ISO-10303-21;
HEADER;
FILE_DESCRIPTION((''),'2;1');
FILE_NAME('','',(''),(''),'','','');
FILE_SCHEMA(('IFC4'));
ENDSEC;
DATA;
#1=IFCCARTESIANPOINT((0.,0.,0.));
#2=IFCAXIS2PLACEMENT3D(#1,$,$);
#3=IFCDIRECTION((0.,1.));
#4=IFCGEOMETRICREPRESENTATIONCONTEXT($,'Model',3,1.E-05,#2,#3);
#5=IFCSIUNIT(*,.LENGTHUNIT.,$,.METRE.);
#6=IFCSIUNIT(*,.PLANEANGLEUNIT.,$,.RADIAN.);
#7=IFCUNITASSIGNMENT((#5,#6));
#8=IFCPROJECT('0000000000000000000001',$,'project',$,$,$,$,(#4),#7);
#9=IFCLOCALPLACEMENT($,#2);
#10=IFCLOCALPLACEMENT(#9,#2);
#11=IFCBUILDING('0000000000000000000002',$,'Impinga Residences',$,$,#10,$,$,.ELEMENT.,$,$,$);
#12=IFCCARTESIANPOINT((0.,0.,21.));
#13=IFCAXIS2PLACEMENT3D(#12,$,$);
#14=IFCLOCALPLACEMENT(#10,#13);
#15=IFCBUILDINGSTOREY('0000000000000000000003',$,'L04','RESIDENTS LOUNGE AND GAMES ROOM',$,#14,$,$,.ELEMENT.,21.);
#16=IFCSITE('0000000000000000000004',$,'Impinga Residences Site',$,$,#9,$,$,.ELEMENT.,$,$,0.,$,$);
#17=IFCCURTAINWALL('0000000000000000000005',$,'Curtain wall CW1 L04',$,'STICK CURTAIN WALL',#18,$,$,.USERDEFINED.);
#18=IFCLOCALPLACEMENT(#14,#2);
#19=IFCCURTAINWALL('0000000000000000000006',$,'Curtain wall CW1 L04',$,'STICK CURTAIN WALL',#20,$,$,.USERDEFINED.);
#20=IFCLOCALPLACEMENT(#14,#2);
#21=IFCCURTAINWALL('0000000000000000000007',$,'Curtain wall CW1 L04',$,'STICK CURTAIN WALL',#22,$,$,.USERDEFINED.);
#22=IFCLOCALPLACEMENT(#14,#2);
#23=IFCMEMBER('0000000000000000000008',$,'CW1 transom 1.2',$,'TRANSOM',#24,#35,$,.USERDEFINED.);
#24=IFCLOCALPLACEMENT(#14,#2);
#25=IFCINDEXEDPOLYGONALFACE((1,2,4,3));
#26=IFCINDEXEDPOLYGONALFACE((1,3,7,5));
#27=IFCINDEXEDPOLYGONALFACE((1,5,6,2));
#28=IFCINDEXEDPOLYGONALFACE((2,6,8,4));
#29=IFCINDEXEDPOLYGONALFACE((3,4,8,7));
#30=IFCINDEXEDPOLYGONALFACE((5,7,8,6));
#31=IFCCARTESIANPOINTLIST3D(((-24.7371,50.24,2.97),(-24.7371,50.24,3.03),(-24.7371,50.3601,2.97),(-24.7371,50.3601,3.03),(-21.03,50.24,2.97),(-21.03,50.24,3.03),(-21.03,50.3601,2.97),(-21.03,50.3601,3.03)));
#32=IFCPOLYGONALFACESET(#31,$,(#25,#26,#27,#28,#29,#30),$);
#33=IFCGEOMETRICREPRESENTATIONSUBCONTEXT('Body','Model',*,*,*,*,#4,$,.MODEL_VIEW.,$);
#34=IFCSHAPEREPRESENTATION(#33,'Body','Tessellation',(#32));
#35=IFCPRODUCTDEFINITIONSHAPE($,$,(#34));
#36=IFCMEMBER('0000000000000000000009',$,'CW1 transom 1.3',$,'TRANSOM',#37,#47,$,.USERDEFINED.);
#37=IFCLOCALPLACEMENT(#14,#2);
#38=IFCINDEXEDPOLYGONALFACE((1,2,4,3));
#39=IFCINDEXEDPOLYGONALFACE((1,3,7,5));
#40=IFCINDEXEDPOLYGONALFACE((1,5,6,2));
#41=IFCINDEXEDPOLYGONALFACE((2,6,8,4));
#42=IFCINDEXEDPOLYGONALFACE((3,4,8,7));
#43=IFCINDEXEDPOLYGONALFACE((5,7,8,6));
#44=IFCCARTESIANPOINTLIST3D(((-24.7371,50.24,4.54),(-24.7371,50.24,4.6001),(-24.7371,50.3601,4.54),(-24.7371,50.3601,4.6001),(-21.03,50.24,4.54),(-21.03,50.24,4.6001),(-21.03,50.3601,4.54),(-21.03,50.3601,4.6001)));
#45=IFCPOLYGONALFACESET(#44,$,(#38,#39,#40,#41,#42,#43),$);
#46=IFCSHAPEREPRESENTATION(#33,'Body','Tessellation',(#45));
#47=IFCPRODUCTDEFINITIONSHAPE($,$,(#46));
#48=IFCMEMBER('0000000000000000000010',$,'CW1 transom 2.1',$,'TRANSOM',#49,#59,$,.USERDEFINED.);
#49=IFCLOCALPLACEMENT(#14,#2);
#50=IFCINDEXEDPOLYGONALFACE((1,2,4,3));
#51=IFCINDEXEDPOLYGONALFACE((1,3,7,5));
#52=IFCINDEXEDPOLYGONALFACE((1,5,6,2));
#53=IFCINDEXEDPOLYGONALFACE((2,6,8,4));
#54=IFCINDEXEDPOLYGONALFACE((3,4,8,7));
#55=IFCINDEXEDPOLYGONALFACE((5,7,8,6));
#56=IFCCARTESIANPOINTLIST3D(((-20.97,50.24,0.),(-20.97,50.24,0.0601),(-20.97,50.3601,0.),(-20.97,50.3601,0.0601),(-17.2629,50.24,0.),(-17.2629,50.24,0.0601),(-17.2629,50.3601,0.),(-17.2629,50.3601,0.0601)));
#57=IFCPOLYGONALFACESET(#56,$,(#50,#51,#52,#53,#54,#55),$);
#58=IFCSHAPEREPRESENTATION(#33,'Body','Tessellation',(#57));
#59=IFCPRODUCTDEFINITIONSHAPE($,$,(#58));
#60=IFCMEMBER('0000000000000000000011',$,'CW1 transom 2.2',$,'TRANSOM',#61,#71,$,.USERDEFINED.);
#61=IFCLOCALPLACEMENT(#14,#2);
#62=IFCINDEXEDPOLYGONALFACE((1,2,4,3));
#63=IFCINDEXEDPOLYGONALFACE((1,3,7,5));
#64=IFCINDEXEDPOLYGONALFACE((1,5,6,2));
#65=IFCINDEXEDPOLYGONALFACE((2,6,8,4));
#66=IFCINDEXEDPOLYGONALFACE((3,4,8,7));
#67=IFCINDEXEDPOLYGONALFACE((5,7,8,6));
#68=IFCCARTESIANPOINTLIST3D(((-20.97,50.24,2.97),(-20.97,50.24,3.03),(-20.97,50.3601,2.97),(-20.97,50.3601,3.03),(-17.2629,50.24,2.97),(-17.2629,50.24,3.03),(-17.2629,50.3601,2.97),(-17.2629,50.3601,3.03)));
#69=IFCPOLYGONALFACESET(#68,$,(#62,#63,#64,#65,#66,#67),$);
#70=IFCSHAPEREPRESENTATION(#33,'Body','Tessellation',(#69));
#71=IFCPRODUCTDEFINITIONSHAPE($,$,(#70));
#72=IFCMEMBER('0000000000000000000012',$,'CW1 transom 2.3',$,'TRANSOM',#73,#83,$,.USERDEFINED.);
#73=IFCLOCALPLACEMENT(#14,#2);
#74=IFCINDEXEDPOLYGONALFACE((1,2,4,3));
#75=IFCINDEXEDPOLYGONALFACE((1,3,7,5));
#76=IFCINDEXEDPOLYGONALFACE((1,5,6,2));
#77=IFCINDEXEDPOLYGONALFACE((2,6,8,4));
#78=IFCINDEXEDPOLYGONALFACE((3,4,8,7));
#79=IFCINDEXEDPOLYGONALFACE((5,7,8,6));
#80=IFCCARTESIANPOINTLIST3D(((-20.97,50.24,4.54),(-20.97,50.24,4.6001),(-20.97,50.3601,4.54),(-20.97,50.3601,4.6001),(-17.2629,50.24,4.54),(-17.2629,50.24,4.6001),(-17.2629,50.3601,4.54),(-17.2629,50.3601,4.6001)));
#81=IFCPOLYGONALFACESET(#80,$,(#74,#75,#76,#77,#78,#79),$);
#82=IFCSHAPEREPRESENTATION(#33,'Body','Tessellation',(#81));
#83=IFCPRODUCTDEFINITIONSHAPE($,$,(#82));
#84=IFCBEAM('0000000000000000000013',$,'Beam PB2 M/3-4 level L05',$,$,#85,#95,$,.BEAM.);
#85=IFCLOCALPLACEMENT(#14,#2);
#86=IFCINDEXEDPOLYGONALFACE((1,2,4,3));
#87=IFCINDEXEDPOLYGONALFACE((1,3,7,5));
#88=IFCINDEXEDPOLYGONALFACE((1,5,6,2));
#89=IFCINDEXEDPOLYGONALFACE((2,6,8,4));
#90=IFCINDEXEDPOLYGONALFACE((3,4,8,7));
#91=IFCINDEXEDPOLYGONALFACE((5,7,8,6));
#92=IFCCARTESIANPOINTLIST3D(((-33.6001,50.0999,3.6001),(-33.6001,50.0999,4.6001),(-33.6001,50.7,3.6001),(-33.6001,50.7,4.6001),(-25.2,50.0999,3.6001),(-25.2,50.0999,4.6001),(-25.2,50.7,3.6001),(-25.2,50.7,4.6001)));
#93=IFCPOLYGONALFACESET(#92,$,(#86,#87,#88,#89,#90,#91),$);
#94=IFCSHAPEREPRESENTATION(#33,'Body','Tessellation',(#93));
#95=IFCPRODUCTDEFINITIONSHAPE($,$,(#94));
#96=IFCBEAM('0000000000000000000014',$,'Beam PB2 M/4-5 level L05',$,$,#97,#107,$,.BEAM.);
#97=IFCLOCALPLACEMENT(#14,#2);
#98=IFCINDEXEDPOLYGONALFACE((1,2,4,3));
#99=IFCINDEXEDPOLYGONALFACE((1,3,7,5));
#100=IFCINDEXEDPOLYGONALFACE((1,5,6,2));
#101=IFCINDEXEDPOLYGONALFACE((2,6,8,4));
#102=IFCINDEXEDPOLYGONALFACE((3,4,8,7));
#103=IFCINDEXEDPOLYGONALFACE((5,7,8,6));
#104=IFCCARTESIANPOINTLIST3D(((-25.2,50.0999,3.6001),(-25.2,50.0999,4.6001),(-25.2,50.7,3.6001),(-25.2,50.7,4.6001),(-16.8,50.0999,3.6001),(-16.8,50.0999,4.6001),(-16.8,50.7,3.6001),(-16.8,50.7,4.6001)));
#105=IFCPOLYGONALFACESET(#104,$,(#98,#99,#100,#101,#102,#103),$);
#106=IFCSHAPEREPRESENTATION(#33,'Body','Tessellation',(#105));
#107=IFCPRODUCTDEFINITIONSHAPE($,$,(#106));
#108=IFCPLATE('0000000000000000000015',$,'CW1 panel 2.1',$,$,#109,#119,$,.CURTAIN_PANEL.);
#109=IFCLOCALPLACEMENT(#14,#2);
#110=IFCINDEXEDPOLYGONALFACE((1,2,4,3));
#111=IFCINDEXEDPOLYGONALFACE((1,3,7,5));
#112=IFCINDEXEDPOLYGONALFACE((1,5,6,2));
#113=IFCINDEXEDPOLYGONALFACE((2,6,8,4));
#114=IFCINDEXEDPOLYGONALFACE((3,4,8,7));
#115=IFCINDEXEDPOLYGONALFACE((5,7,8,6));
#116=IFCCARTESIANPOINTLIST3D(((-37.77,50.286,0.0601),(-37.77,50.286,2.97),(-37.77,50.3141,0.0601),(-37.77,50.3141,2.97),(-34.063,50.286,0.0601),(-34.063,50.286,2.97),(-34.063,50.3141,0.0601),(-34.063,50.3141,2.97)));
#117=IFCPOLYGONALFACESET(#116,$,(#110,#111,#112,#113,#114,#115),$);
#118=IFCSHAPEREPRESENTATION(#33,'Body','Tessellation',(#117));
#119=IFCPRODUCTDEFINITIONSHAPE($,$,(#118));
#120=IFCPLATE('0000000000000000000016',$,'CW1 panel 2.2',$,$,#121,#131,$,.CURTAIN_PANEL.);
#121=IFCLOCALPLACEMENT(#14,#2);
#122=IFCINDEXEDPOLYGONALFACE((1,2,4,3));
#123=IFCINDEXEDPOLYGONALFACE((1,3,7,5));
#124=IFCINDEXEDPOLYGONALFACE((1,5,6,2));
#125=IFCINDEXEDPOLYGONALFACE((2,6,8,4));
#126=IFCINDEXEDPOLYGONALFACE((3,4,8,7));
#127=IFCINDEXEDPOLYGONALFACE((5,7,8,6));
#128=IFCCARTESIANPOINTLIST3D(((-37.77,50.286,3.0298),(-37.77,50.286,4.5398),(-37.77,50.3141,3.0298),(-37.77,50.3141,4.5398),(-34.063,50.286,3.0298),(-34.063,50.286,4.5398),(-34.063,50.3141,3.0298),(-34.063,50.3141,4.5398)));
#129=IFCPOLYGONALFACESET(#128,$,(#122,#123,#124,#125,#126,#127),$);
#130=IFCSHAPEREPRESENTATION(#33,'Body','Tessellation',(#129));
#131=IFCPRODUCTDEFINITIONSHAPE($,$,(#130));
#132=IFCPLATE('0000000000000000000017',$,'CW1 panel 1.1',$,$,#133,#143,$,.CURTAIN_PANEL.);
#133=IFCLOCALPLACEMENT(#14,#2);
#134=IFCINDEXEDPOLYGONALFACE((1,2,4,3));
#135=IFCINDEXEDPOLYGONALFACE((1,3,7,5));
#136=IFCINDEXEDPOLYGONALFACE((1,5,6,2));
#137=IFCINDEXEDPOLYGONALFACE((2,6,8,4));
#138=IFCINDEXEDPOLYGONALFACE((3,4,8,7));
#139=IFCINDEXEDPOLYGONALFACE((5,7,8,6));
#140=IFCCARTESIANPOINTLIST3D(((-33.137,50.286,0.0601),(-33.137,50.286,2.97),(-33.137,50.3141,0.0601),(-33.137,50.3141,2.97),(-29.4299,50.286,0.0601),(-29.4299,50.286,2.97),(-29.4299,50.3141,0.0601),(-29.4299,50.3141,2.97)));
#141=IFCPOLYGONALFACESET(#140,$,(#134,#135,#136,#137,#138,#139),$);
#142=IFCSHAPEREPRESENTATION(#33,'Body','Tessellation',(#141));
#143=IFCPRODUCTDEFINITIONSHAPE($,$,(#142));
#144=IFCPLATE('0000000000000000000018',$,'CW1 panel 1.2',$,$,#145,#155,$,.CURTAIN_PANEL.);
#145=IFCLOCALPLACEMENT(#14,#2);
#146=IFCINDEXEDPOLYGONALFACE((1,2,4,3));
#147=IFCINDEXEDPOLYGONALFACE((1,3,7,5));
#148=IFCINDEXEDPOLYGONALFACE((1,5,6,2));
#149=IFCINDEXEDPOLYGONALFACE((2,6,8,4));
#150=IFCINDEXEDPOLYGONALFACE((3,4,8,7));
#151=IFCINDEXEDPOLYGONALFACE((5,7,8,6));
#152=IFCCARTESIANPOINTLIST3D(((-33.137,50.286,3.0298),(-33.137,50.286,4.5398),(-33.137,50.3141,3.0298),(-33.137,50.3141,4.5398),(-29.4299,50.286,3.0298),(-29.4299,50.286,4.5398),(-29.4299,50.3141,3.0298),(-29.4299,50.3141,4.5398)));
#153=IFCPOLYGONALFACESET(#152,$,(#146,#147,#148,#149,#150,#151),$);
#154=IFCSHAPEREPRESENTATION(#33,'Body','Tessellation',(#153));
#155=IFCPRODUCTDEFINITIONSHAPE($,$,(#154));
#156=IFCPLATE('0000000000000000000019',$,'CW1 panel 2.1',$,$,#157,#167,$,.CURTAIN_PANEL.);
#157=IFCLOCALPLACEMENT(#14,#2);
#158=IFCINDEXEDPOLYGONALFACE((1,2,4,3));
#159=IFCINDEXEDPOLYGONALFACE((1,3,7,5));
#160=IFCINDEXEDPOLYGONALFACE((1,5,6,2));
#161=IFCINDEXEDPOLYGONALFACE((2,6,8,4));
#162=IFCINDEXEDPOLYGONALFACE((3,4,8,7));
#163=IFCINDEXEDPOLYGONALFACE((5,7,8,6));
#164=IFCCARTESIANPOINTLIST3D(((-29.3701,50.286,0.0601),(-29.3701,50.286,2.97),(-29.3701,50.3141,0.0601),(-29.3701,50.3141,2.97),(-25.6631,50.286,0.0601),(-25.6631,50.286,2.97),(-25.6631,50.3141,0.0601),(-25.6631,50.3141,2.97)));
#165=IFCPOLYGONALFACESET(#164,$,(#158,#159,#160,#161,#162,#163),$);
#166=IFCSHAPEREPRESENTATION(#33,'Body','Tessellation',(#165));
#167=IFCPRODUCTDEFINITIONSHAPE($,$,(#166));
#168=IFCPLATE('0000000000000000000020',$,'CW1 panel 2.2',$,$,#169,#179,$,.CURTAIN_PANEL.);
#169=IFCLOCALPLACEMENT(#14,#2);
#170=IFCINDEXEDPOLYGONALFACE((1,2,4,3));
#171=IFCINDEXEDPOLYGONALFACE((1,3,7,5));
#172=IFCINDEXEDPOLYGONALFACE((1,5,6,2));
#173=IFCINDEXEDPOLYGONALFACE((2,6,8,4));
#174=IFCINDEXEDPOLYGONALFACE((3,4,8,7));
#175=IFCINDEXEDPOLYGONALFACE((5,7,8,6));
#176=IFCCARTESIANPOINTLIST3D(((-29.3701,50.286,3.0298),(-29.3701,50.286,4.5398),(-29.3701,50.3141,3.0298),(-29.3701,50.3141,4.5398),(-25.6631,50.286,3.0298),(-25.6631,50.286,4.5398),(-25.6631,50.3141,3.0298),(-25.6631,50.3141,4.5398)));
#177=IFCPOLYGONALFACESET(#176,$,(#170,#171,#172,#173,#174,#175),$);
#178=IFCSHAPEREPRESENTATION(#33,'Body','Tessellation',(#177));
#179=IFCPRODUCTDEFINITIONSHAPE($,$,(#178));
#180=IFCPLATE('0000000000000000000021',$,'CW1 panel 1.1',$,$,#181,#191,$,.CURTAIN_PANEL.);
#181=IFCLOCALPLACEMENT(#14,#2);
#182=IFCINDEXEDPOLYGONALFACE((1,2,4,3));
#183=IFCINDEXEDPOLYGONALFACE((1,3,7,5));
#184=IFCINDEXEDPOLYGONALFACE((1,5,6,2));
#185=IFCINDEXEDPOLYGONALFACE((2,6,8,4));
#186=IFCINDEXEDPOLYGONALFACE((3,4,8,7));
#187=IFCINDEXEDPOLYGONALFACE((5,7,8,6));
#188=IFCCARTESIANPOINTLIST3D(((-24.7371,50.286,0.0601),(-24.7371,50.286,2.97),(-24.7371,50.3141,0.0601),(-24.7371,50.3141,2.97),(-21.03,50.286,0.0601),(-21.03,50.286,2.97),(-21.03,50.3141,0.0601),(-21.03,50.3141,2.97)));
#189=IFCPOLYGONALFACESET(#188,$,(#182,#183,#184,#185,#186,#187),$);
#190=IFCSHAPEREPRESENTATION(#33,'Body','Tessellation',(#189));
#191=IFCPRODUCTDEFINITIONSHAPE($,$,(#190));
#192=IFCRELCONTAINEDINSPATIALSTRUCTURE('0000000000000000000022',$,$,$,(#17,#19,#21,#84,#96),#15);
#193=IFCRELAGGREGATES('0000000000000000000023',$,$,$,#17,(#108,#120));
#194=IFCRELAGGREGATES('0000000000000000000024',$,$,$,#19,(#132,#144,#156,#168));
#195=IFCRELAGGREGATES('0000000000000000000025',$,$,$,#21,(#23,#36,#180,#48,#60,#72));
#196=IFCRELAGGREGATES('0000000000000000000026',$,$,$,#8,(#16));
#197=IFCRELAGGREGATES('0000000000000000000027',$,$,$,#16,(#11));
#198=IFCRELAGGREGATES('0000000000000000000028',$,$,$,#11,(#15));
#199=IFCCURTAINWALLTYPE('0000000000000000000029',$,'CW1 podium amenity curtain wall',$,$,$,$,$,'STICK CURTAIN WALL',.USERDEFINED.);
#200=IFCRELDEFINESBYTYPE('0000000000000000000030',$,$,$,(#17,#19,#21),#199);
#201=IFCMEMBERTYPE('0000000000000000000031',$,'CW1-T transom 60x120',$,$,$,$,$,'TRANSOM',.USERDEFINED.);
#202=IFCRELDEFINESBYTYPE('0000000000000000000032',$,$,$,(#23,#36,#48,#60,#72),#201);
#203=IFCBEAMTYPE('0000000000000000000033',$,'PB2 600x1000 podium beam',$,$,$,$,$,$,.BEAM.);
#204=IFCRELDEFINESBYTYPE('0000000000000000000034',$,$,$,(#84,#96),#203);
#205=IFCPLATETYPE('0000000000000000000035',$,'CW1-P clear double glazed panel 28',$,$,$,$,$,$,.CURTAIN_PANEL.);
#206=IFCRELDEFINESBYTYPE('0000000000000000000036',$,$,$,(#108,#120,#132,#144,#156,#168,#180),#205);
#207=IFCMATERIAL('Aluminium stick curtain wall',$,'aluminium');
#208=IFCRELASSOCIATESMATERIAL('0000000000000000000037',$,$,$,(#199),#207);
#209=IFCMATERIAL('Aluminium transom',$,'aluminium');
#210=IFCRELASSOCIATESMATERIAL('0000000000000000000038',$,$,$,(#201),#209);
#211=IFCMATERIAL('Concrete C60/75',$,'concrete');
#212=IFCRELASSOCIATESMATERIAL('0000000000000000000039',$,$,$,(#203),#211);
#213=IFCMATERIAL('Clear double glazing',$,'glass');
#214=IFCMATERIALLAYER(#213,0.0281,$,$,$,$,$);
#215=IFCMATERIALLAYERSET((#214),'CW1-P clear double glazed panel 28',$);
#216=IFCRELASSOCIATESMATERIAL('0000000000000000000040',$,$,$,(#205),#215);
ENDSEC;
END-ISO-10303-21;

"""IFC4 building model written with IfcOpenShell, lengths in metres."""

from ifc_helpers import new_model, si_unit, direction, frame, origin, origin_2d, place, context, subcontext, project, spatial, rectangle, extrude, material, layer, layer_set, material_profile, profile_set, type_object, element, aggregate, save


model = new_model("IFC4")

# Units and contexts
model_context = context("Model", 3, precision=1e-05, world=origin(), true_north=direction((0.0, 1.0)))
body_context = subcontext(model_context, "Body", "Model", "MODEL_VIEW")
ifc_project = project(units=[si_unit("LENGTHUNIT", "METRE"), si_unit("PLANEANGLEUNIT", "RADIAN")], contexts=[model_context])

# Site, building, storey
site_placement = place(None, origin())
site = spatial("IfcSite", under=ifc_project, at=site_placement, Name="Impinga Residences Site", CompositionType="ELEMENT", RefElevation=0.0)
building_placement = place(site_placement, origin())
building = spatial("IfcBuilding", under=site, at=building_placement, Name="Impinga Residences", CompositionType="ELEMENT")
storey_placement = place(building_placement, frame((0.0, 0.0, 21.0)))
storey = spatial("IfcBuildingStorey", under=building, at=storey_placement, Name="L04", Description="RESIDENTS LOUNGE AND GAMES ROOM", CompositionType="ELEMENT", Elevation=21.0)

# Curtain wall
ifc_material_1 = material(Name="Aluminium stick curtain wall", Category="aluminium")
curtain_wall_type = type_object("IfcCurtainWallType", Name="CW1 podium amenity curtain wall", ElementType="STICK CURTAIN WALL", PredefinedType="USERDEFINED", material=ifc_material_1)
curtain_wall_1_placement = place(storey_placement, origin())
curtain_wall_1 = element("IfcCurtainWall", 1, at=curtain_wall_1_placement, inside=storey, type_object=curtain_wall_type, Name="Curtain wall CW1 L04", ObjectType="STICK CURTAIN WALL", PredefinedType="USERDEFINED")

# Curtain walls
curtain_wall_2_placement = place(storey_placement, origin())
curtain_wall_2 = element("IfcCurtainWall", 2, at=curtain_wall_2_placement, inside=storey, type_object=curtain_wall_type, Name="Curtain wall CW1 L04", ObjectType="STICK CURTAIN WALL", PredefinedType="USERDEFINED")
curtain_wall_3_placement = place(storey_placement, origin())
curtain_wall_3 = element("IfcCurtainWall", 3, at=curtain_wall_3_placement, inside=storey, type_object=curtain_wall_type, Name="Curtain wall CW1 L04", ObjectType="STICK CURTAIN WALL", PredefinedType="USERDEFINED")

# Members
ifc_material_2 = material(Name="Aluminium transom", Category="aluminium")
ifc_material_profile_1 = material_profile(ifc_material_2, rectangle(XDim=0.0601, YDim=0.1201, at=origin_2d()), Name="60x120 transom")
ifc_profile_set_1 = profile_set([ifc_material_profile_1], Name="Aluminium transom")
member_type_1 = type_object("IfcMemberType", Name="CW1-T transom 60x120", ElementType="TRANSOM", PredefinedType="USERDEFINED", material=ifc_profile_set_1)
member_1_placement = place(storey_placement, frame((-24.7371, 50.3, 3.0), z_axis=(1.0, 0.0, 0.0), x_axis=(0.0, 0.0, 1.0)))
member_1 = element("IfcMember", 4, at=member_1_placement, type_object=member_type_1, Name="CW1 transom 1.2", ObjectType="TRANSOM", PredefinedType="USERDEFINED", context=body_context, shape_type="SweptSolid", body=[
    extrude(rectangle(XDim=0.0601, YDim=0.1201, at=origin_2d()), origin(), (0.0, 0.0, 1.0), 3.707),
])
member_2_placement = place(storey_placement, frame((-24.7371, 50.3, 4.5701), z_axis=(1.0, 0.0, 0.0), x_axis=(0.0, 0.0, 1.0)))
member_2 = element("IfcMember", 5, at=member_2_placement, type_object=member_type_1, Name="CW1 transom 1.3", ObjectType="TRANSOM", PredefinedType="USERDEFINED", context=body_context, shape_type="SweptSolid", body=[
    extrude(rectangle(XDim=0.0601, YDim=0.1201, at=origin_2d()), origin(), (0.0, 0.0, 1.0), 3.707),
])
member_3_placement = place(storey_placement, frame((-20.97, 50.3, 0.03), z_axis=(1.0, 0.0, 0.0), x_axis=(0.0, 0.0, 1.0)))
member_3 = element("IfcMember", 6, at=member_3_placement, type_object=member_type_1, Name="CW1 transom 2.1", ObjectType="TRANSOM", PredefinedType="USERDEFINED", context=body_context, shape_type="SweptSolid", body=[
    extrude(rectangle(XDim=0.0601, YDim=0.1201, at=origin_2d()), origin(), (0.0, 0.0, 1.0), 3.707),
])
member_4_placement = place(storey_placement, frame((-20.97, 50.3, 3.0), z_axis=(1.0, 0.0, 0.0), x_axis=(0.0, 0.0, 1.0)))
member_4 = element("IfcMember", 7, at=member_4_placement, type_object=member_type_1, Name="CW1 transom 2.2", ObjectType="TRANSOM", PredefinedType="USERDEFINED", context=body_context, shape_type="SweptSolid", body=[
    extrude(rectangle(XDim=0.0601, YDim=0.1201, at=origin_2d()), origin(), (0.0, 0.0, 1.0), 3.707),
])
member_5_placement = place(storey_placement, frame((-20.97, 50.3, 4.5701), z_axis=(1.0, 0.0, 0.0), x_axis=(0.0, 0.0, 1.0)))
member_5 = element("IfcMember", 8, at=member_5_placement, type_object=member_type_1, Name="CW1 transom 2.3", ObjectType="TRANSOM", PredefinedType="USERDEFINED", context=body_context, shape_type="SweptSolid", body=[
    extrude(rectangle(XDim=0.0601, YDim=0.1201, at=origin_2d()), origin(), (0.0, 0.0, 1.0), 3.707),
])

# Beams
ifc_material_3 = material(Name="Concrete C60/75", Category="concrete")
ifc_material_profile_2 = material_profile(ifc_material_3, rectangle(XDim=0.6001, YDim=1.0, at=origin_2d()), Name="RC 600x1000")
ifc_profile_set_2 = profile_set([ifc_material_profile_2], Name="Concrete C60/75")
beam_type = type_object("IfcBeamType", Name="PB2 600x1000 podium beam", PredefinedType="BEAM", material=ifc_profile_set_2)
beam_1_placement = place(storey_placement, frame((-33.6001, 50.3999, 4.1001), z_axis=(1.0, 0.0, 0.0), x_axis=(0.0, 1.0, 0.0)))
element("IfcBeam", 9, at=beam_1_placement, inside=storey, type_object=beam_type, Name="Beam PB2 M/3-4 level L05", PredefinedType="BEAM", context=body_context, shape_type="SweptSolid", body=[
    extrude(rectangle(XDim=0.6001, YDim=1.0, at=origin_2d()), origin(), (0.0, 0.0, 1.0), 8.4001),
])
beam_2_placement = place(storey_placement, frame((-25.2, 50.3999, 4.1001), z_axis=(1.0, 0.0, 0.0), x_axis=(0.0, 1.0, 0.0)))
element("IfcBeam", 10, at=beam_2_placement, inside=storey, type_object=beam_type, Name="Beam PB2 M/4-5 level L05", PredefinedType="BEAM", context=body_context, shape_type="SweptSolid", body=[
    extrude(rectangle(XDim=0.6001, YDim=1.0, at=origin_2d()), origin(), (0.0, 0.0, 1.0), 8.3999),
])

# Plates
ifc_material_4 = material(Name="Clear double glazing", Category="glass")
ifc_layer = layer(ifc_material_4, 0.0281)
ifc_layer_set = layer_set([ifc_layer], Name="CW1-P clear double glazed panel 28")
plate_type = type_object("IfcPlateType", Name="CW1-P clear double glazed panel 28", PredefinedType="CURTAIN_PANEL", material=ifc_layer_set)
plate_1_placement = place(storey_placement, frame((-35.9165, 50.3, 0.0601), z_axis=(0.0, 0.0, 1.0), x_axis=(1.0, 0.0, 0.0)))
plate_1 = element("IfcPlate", 11, at=plate_1_placement, type_object=plate_type, Name="CW1 panel 2.1", PredefinedType="CURTAIN_PANEL", context=body_context, shape_type="SweptSolid", body=[
    extrude(rectangle(XDim=3.707, YDim=0.0281, at=origin_2d()), origin(), (0.0, 0.0, 1.0), 2.9099),
])
plate_2_placement = place(storey_placement, frame((-35.9165, 50.3, 3.0298), z_axis=(0.0, 0.0, 1.0), x_axis=(1.0, 0.0, 0.0)))
plate_2 = element("IfcPlate", 12, at=plate_2_placement, type_object=plate_type, Name="CW1 panel 2.2", PredefinedType="CURTAIN_PANEL", context=body_context, shape_type="SweptSolid", body=[
    extrude(rectangle(XDim=3.707, YDim=0.0281, at=origin_2d()), origin(), (0.0, 0.0, 1.0), 1.51),
])
aggregate(curtain_wall_1, [plate_1, plate_2])
plate_3_placement = place(storey_placement, frame((-31.2834, 50.3, 0.0601), z_axis=(0.0, 0.0, 1.0), x_axis=(1.0, 0.0, 0.0)))
plate_3 = element("IfcPlate", 13, at=plate_3_placement, type_object=plate_type, Name="CW1 panel 1.1", PredefinedType="CURTAIN_PANEL", context=body_context, shape_type="SweptSolid", body=[
    extrude(rectangle(XDim=3.707, YDim=0.0281, at=origin_2d()), origin(), (0.0, 0.0, 1.0), 2.9099),
])
plate_4_placement = place(storey_placement, frame((-31.2834, 50.3, 3.0298), z_axis=(0.0, 0.0, 1.0), x_axis=(1.0, 0.0, 0.0)))
plate_4 = element("IfcPlate", 14, at=plate_4_placement, type_object=plate_type, Name="CW1 panel 1.2", PredefinedType="CURTAIN_PANEL", context=body_context, shape_type="SweptSolid", body=[
    extrude(rectangle(XDim=3.707, YDim=0.0281, at=origin_2d()), origin(), (0.0, 0.0, 1.0), 1.51),
])
plate_5_placement = place(storey_placement, frame((-27.5166, 50.3, 0.0601), z_axis=(0.0, 0.0, 1.0), x_axis=(1.0, 0.0, 0.0)))
plate_5 = element("IfcPlate", 15, at=plate_5_placement, type_object=plate_type, Name="CW1 panel 2.1", PredefinedType="CURTAIN_PANEL", context=body_context, shape_type="SweptSolid", body=[
    extrude(rectangle(XDim=3.707, YDim=0.0281, at=origin_2d()), origin(), (0.0, 0.0, 1.0), 2.9099),
])
plate_6_placement = place(storey_placement, frame((-27.5166, 50.3, 3.0298), z_axis=(0.0, 0.0, 1.0), x_axis=(1.0, 0.0, 0.0)))
plate_6 = element("IfcPlate", 16, at=plate_6_placement, type_object=plate_type, Name="CW1 panel 2.2", PredefinedType="CURTAIN_PANEL", context=body_context, shape_type="SweptSolid", body=[
    extrude(rectangle(XDim=3.707, YDim=0.0281, at=origin_2d()), origin(), (0.0, 0.0, 1.0), 1.51),
])
aggregate(curtain_wall_2, [plate_3, plate_4, plate_5, plate_6])
plate_7_placement = place(storey_placement, frame((-22.8835, 50.3, 0.0601), z_axis=(0.0, 0.0, 1.0), x_axis=(1.0, 0.0, 0.0)))
plate_7 = element("IfcPlate", 17, at=plate_7_placement, type_object=plate_type, Name="CW1 panel 1.1", PredefinedType="CURTAIN_PANEL", context=body_context, shape_type="SweptSolid", body=[
    extrude(rectangle(XDim=3.707, YDim=0.0281, at=origin_2d()), origin(), (0.0, 0.0, 1.0), 2.9099),
])
aggregate(curtain_wall_3, [member_1, member_2, plate_7, member_3, member_4, member_5])

save(model, "model.ifc")
